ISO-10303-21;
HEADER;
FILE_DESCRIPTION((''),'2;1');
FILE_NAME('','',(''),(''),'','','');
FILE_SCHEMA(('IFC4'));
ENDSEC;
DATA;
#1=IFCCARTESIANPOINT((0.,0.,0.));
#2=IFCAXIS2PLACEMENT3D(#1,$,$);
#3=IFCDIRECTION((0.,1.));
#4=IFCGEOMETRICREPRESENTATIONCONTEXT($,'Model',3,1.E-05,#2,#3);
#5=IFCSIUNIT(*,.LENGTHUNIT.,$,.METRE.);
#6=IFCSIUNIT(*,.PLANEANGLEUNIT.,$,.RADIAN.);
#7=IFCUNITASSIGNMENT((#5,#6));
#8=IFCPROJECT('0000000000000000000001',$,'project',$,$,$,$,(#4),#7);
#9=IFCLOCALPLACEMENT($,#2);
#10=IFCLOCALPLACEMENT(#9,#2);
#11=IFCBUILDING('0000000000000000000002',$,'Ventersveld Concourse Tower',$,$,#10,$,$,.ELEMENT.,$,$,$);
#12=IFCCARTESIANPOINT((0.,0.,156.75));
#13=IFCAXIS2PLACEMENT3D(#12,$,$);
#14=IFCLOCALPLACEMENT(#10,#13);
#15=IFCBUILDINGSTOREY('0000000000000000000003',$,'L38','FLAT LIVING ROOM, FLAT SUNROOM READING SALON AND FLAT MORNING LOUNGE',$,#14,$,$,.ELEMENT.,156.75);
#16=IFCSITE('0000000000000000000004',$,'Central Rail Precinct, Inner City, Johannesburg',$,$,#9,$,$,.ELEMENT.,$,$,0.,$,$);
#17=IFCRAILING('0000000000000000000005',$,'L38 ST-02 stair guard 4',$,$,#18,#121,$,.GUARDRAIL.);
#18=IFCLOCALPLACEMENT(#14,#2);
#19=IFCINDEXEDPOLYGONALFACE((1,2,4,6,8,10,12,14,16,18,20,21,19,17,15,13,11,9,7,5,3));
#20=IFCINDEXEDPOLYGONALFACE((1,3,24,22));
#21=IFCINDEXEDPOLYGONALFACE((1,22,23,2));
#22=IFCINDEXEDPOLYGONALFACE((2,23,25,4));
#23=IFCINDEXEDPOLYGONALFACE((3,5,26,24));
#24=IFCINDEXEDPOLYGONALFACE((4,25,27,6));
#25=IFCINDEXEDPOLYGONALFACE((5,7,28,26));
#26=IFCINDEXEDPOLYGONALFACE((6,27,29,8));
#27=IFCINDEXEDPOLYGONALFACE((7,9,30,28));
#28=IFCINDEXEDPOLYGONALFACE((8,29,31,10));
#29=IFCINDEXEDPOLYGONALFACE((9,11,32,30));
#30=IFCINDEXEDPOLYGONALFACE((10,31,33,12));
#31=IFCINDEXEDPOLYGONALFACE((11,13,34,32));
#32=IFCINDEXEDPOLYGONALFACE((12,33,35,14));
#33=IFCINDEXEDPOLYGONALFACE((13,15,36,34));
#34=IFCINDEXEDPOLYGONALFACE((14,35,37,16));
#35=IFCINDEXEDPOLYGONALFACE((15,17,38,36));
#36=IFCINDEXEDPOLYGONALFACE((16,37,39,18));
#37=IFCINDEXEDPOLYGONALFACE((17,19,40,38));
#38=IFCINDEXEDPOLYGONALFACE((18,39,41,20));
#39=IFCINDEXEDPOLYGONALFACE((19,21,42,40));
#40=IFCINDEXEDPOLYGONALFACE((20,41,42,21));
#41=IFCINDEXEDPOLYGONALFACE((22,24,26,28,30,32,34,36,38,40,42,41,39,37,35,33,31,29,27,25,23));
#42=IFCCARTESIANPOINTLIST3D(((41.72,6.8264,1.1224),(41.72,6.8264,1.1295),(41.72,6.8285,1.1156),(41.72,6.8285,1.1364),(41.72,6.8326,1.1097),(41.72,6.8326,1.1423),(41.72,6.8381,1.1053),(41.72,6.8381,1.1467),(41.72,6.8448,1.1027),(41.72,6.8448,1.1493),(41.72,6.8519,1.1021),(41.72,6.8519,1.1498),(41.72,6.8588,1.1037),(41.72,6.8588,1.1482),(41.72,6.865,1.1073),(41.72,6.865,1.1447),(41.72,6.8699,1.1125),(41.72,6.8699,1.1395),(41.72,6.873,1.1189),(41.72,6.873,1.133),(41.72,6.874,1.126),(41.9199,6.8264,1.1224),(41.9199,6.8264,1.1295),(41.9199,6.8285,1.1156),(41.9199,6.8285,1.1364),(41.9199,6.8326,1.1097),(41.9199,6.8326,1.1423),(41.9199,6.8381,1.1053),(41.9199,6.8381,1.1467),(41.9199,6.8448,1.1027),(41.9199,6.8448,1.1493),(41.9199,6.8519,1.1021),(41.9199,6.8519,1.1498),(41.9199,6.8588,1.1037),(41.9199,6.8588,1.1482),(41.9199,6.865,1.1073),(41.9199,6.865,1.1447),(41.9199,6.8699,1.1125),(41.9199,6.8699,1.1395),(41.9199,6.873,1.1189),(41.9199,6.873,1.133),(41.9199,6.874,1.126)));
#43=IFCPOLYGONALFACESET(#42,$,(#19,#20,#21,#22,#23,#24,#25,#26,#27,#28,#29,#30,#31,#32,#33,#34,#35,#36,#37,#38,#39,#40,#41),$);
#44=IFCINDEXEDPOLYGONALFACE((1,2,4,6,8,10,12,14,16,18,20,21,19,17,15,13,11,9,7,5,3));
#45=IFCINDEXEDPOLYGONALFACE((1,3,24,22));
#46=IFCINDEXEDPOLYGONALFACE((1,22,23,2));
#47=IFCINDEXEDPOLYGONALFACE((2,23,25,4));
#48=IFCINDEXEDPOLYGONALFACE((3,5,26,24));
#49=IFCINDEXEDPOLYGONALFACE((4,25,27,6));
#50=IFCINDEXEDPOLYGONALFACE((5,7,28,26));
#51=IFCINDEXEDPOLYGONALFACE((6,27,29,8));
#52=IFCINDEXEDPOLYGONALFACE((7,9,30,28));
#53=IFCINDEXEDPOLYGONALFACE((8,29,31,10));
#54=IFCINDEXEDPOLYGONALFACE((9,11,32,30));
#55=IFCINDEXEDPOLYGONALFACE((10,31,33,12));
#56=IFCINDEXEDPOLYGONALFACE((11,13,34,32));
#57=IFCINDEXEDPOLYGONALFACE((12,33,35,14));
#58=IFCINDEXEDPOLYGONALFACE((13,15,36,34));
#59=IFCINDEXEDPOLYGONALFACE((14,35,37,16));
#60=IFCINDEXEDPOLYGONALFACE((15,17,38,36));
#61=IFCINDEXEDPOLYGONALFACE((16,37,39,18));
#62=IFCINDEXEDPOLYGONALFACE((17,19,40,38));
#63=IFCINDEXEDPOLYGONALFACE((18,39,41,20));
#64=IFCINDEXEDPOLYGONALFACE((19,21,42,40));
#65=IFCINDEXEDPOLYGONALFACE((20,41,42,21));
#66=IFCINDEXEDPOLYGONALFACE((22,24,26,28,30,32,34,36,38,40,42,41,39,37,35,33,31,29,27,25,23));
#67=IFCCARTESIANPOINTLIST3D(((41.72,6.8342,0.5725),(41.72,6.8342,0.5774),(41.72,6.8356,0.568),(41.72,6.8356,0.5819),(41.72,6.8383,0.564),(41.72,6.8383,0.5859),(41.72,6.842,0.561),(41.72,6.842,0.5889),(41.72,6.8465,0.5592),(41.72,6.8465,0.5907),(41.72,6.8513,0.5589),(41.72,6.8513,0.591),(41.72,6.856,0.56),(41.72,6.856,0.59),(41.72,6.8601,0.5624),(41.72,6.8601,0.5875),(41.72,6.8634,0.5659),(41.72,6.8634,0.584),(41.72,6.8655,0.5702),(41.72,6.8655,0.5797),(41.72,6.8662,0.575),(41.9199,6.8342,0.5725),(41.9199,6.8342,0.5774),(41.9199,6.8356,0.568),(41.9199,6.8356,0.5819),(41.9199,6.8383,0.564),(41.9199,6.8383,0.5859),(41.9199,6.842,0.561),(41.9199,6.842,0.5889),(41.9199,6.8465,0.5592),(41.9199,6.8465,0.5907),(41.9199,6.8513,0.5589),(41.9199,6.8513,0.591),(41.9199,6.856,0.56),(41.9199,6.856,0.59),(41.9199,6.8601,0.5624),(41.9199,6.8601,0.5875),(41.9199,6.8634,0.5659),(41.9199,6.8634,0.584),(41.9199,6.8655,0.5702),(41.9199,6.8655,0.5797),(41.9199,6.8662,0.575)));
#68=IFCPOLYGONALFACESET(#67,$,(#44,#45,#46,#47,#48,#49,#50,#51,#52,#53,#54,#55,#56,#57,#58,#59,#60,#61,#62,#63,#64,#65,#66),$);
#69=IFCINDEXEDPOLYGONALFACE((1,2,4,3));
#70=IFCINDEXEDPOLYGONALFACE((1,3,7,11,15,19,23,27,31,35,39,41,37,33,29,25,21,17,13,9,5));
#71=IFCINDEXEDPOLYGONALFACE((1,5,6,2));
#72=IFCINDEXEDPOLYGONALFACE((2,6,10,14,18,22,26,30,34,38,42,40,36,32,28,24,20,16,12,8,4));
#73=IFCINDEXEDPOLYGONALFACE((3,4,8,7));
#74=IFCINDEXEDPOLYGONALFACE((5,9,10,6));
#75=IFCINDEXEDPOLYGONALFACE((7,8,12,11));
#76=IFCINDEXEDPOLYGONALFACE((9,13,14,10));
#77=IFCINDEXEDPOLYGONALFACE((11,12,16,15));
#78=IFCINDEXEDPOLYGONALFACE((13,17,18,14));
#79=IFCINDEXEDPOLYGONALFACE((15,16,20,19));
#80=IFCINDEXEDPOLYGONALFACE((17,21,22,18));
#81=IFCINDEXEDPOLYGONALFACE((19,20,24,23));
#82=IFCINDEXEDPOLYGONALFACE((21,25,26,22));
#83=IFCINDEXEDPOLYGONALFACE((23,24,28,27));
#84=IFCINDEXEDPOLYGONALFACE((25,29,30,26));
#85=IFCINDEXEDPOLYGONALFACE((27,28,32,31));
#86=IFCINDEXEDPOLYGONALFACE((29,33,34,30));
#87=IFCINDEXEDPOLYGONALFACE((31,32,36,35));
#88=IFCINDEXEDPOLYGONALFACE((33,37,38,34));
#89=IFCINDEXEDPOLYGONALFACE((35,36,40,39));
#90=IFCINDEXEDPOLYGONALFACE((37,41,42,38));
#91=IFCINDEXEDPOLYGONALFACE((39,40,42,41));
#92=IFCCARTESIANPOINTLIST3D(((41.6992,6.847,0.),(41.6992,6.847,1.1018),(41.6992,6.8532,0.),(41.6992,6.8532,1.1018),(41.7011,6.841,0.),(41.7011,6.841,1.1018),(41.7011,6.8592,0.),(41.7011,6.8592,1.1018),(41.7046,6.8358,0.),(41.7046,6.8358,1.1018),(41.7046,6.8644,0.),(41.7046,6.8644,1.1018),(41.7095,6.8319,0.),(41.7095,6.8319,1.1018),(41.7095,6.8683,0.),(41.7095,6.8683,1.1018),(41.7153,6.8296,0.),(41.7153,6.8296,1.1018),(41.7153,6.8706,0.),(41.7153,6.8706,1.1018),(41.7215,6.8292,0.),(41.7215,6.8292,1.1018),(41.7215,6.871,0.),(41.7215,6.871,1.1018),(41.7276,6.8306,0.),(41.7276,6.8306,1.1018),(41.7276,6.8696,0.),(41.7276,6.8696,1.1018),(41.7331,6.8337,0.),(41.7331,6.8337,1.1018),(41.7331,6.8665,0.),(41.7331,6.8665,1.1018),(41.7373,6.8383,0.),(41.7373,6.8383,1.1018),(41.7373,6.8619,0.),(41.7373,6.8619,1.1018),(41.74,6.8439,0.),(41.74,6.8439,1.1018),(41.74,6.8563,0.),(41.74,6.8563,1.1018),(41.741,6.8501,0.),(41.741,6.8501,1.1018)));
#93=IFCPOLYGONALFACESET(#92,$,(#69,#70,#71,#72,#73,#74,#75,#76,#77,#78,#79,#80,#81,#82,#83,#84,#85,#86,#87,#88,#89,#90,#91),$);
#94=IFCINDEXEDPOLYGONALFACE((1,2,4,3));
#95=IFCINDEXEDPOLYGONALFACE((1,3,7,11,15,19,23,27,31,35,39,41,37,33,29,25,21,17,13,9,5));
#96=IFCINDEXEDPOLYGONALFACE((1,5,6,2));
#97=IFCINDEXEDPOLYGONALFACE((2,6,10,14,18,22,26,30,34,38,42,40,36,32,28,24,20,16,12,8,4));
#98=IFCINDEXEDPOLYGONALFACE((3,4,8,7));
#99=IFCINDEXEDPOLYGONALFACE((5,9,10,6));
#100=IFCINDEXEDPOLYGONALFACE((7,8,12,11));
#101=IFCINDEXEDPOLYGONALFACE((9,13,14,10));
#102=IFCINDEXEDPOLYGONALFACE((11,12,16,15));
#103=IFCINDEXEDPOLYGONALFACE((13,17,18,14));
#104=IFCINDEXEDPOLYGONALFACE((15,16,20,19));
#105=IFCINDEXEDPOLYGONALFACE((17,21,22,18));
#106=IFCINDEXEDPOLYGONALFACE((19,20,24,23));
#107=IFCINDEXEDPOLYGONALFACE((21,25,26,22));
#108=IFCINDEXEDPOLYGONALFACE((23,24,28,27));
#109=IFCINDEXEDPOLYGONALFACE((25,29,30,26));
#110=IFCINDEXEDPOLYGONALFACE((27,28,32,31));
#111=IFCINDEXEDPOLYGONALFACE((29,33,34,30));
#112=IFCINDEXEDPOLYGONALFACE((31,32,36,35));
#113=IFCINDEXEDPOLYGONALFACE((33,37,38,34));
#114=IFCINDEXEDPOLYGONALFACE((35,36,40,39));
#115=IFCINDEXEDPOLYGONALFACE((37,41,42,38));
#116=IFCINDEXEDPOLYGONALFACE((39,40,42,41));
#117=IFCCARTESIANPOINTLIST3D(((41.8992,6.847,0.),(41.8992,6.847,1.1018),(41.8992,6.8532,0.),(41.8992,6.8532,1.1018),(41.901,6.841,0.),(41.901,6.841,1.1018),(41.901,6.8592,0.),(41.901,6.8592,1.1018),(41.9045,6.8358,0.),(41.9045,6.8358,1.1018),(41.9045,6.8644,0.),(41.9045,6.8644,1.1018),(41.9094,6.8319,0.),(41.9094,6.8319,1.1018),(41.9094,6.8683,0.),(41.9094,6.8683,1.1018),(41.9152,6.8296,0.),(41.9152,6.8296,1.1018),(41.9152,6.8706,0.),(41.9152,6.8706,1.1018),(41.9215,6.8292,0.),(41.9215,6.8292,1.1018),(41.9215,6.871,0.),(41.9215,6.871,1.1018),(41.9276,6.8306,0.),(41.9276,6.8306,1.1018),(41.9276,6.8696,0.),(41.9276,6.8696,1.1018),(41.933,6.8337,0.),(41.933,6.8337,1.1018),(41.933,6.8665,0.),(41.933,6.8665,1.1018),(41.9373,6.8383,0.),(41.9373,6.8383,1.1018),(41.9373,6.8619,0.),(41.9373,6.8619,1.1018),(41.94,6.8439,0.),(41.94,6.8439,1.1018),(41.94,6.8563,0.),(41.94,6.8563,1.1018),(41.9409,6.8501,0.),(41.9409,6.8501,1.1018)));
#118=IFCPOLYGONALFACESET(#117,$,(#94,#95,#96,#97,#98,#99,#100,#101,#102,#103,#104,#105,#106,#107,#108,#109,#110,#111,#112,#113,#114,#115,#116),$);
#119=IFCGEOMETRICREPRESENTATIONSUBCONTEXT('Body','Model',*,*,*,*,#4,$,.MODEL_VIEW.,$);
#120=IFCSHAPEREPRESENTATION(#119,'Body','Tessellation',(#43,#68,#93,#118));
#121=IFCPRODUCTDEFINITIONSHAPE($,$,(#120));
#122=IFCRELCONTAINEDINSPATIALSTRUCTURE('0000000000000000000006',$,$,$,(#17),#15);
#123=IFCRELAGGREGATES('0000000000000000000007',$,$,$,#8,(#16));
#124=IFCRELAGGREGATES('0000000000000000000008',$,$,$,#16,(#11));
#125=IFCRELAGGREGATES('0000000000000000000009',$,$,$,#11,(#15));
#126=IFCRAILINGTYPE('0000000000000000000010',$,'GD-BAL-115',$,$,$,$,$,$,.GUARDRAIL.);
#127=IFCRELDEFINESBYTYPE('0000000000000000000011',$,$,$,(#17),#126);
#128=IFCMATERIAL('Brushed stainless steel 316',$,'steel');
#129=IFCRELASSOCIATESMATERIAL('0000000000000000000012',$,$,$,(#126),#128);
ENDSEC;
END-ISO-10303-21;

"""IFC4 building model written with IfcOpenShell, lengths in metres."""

from ifc_helpers import new_model, si_unit, direction, frame, origin, origin_2d, place, context, subcontext, project, spatial, circle, extrude, material, type_object, element, save


model = new_model("IFC4")

# Units and contexts
model_context = context("Model", 3, precision=1e-05, world=origin(), true_north=direction((0.0, 1.0)))
body_context = subcontext(model_context, "Body", "Model", "MODEL_VIEW")
ifc_project = project(units=[si_unit("LENGTHUNIT", "METRE"), si_unit("PLANEANGLEUNIT", "RADIAN")], contexts=[model_context])

# Site, building, storey
site_placement = place(None, origin())
site = spatial("IfcSite", under=ifc_project, at=site_placement, Name="Central Rail Precinct, Inner City, Johannesburg", CompositionType="ELEMENT", RefElevation=0.0)
building_placement = place(site_placement, origin())
building = spatial("IfcBuilding", under=site, at=building_placement, Name="Ventersveld Concourse Tower", CompositionType="ELEMENT")
storey_placement = place(building_placement, frame((0.0, 0.0, 156.75)))
storey = spatial("IfcBuildingStorey", under=building, at=storey_placement, Name="L38", Description="FLAT LIVING ROOM, FLAT SUNROOM READING SALON AND FLAT MORNING LOUNGE", CompositionType="ELEMENT", Elevation=156.75)

# Shared definitions
ifc_material_1 = material(Name="Brushed stainless steel 316", Category="steel")

# Railing
railing_type_1 = type_object("IfcRailingType", Name="GD-BAL-115", PredefinedType="GUARDRAIL", material=ifc_material_1)
railing_1_placement = place(storey_placement, frame((41.72, 6.8501, 0.0)))
element("IfcRailing", 1, at=railing_1_placement, inside=storey, type_object=railing_type_1, Name="L38 ST-02 stair guard 4", PredefinedType="GUARDRAIL", context=body_context, shape_type="SweptSolid", body=[
    extrude(circle(Radius=0.0239, at=origin_2d()), frame((0.0, 0.0, 1.126), z_axis=(1.0, 0.0, 0.0), x_axis=(0.0, 1.0, 0.0)), (0.0, 0.0, 1.0), 0.2),
    extrude(circle(Radius=0.0161, at=origin_2d()), frame((0.0, 0.0, 0.575), z_axis=(1.0, 0.0, 0.0), x_axis=(0.0, 1.0, 0.0)), (0.0, 0.0, 1.0), 0.2),
    extrude(circle(Radius=0.021, at=origin_2d()), origin(), (0.0, 0.0, 1.0), 1.1018),
    extrude(circle(Radius=0.021, at=origin_2d()), frame((0.2, 0.0, 0.0)), (0.0, 0.0, 1.0), 1.1018),
])

save(model, "model.ifc")
